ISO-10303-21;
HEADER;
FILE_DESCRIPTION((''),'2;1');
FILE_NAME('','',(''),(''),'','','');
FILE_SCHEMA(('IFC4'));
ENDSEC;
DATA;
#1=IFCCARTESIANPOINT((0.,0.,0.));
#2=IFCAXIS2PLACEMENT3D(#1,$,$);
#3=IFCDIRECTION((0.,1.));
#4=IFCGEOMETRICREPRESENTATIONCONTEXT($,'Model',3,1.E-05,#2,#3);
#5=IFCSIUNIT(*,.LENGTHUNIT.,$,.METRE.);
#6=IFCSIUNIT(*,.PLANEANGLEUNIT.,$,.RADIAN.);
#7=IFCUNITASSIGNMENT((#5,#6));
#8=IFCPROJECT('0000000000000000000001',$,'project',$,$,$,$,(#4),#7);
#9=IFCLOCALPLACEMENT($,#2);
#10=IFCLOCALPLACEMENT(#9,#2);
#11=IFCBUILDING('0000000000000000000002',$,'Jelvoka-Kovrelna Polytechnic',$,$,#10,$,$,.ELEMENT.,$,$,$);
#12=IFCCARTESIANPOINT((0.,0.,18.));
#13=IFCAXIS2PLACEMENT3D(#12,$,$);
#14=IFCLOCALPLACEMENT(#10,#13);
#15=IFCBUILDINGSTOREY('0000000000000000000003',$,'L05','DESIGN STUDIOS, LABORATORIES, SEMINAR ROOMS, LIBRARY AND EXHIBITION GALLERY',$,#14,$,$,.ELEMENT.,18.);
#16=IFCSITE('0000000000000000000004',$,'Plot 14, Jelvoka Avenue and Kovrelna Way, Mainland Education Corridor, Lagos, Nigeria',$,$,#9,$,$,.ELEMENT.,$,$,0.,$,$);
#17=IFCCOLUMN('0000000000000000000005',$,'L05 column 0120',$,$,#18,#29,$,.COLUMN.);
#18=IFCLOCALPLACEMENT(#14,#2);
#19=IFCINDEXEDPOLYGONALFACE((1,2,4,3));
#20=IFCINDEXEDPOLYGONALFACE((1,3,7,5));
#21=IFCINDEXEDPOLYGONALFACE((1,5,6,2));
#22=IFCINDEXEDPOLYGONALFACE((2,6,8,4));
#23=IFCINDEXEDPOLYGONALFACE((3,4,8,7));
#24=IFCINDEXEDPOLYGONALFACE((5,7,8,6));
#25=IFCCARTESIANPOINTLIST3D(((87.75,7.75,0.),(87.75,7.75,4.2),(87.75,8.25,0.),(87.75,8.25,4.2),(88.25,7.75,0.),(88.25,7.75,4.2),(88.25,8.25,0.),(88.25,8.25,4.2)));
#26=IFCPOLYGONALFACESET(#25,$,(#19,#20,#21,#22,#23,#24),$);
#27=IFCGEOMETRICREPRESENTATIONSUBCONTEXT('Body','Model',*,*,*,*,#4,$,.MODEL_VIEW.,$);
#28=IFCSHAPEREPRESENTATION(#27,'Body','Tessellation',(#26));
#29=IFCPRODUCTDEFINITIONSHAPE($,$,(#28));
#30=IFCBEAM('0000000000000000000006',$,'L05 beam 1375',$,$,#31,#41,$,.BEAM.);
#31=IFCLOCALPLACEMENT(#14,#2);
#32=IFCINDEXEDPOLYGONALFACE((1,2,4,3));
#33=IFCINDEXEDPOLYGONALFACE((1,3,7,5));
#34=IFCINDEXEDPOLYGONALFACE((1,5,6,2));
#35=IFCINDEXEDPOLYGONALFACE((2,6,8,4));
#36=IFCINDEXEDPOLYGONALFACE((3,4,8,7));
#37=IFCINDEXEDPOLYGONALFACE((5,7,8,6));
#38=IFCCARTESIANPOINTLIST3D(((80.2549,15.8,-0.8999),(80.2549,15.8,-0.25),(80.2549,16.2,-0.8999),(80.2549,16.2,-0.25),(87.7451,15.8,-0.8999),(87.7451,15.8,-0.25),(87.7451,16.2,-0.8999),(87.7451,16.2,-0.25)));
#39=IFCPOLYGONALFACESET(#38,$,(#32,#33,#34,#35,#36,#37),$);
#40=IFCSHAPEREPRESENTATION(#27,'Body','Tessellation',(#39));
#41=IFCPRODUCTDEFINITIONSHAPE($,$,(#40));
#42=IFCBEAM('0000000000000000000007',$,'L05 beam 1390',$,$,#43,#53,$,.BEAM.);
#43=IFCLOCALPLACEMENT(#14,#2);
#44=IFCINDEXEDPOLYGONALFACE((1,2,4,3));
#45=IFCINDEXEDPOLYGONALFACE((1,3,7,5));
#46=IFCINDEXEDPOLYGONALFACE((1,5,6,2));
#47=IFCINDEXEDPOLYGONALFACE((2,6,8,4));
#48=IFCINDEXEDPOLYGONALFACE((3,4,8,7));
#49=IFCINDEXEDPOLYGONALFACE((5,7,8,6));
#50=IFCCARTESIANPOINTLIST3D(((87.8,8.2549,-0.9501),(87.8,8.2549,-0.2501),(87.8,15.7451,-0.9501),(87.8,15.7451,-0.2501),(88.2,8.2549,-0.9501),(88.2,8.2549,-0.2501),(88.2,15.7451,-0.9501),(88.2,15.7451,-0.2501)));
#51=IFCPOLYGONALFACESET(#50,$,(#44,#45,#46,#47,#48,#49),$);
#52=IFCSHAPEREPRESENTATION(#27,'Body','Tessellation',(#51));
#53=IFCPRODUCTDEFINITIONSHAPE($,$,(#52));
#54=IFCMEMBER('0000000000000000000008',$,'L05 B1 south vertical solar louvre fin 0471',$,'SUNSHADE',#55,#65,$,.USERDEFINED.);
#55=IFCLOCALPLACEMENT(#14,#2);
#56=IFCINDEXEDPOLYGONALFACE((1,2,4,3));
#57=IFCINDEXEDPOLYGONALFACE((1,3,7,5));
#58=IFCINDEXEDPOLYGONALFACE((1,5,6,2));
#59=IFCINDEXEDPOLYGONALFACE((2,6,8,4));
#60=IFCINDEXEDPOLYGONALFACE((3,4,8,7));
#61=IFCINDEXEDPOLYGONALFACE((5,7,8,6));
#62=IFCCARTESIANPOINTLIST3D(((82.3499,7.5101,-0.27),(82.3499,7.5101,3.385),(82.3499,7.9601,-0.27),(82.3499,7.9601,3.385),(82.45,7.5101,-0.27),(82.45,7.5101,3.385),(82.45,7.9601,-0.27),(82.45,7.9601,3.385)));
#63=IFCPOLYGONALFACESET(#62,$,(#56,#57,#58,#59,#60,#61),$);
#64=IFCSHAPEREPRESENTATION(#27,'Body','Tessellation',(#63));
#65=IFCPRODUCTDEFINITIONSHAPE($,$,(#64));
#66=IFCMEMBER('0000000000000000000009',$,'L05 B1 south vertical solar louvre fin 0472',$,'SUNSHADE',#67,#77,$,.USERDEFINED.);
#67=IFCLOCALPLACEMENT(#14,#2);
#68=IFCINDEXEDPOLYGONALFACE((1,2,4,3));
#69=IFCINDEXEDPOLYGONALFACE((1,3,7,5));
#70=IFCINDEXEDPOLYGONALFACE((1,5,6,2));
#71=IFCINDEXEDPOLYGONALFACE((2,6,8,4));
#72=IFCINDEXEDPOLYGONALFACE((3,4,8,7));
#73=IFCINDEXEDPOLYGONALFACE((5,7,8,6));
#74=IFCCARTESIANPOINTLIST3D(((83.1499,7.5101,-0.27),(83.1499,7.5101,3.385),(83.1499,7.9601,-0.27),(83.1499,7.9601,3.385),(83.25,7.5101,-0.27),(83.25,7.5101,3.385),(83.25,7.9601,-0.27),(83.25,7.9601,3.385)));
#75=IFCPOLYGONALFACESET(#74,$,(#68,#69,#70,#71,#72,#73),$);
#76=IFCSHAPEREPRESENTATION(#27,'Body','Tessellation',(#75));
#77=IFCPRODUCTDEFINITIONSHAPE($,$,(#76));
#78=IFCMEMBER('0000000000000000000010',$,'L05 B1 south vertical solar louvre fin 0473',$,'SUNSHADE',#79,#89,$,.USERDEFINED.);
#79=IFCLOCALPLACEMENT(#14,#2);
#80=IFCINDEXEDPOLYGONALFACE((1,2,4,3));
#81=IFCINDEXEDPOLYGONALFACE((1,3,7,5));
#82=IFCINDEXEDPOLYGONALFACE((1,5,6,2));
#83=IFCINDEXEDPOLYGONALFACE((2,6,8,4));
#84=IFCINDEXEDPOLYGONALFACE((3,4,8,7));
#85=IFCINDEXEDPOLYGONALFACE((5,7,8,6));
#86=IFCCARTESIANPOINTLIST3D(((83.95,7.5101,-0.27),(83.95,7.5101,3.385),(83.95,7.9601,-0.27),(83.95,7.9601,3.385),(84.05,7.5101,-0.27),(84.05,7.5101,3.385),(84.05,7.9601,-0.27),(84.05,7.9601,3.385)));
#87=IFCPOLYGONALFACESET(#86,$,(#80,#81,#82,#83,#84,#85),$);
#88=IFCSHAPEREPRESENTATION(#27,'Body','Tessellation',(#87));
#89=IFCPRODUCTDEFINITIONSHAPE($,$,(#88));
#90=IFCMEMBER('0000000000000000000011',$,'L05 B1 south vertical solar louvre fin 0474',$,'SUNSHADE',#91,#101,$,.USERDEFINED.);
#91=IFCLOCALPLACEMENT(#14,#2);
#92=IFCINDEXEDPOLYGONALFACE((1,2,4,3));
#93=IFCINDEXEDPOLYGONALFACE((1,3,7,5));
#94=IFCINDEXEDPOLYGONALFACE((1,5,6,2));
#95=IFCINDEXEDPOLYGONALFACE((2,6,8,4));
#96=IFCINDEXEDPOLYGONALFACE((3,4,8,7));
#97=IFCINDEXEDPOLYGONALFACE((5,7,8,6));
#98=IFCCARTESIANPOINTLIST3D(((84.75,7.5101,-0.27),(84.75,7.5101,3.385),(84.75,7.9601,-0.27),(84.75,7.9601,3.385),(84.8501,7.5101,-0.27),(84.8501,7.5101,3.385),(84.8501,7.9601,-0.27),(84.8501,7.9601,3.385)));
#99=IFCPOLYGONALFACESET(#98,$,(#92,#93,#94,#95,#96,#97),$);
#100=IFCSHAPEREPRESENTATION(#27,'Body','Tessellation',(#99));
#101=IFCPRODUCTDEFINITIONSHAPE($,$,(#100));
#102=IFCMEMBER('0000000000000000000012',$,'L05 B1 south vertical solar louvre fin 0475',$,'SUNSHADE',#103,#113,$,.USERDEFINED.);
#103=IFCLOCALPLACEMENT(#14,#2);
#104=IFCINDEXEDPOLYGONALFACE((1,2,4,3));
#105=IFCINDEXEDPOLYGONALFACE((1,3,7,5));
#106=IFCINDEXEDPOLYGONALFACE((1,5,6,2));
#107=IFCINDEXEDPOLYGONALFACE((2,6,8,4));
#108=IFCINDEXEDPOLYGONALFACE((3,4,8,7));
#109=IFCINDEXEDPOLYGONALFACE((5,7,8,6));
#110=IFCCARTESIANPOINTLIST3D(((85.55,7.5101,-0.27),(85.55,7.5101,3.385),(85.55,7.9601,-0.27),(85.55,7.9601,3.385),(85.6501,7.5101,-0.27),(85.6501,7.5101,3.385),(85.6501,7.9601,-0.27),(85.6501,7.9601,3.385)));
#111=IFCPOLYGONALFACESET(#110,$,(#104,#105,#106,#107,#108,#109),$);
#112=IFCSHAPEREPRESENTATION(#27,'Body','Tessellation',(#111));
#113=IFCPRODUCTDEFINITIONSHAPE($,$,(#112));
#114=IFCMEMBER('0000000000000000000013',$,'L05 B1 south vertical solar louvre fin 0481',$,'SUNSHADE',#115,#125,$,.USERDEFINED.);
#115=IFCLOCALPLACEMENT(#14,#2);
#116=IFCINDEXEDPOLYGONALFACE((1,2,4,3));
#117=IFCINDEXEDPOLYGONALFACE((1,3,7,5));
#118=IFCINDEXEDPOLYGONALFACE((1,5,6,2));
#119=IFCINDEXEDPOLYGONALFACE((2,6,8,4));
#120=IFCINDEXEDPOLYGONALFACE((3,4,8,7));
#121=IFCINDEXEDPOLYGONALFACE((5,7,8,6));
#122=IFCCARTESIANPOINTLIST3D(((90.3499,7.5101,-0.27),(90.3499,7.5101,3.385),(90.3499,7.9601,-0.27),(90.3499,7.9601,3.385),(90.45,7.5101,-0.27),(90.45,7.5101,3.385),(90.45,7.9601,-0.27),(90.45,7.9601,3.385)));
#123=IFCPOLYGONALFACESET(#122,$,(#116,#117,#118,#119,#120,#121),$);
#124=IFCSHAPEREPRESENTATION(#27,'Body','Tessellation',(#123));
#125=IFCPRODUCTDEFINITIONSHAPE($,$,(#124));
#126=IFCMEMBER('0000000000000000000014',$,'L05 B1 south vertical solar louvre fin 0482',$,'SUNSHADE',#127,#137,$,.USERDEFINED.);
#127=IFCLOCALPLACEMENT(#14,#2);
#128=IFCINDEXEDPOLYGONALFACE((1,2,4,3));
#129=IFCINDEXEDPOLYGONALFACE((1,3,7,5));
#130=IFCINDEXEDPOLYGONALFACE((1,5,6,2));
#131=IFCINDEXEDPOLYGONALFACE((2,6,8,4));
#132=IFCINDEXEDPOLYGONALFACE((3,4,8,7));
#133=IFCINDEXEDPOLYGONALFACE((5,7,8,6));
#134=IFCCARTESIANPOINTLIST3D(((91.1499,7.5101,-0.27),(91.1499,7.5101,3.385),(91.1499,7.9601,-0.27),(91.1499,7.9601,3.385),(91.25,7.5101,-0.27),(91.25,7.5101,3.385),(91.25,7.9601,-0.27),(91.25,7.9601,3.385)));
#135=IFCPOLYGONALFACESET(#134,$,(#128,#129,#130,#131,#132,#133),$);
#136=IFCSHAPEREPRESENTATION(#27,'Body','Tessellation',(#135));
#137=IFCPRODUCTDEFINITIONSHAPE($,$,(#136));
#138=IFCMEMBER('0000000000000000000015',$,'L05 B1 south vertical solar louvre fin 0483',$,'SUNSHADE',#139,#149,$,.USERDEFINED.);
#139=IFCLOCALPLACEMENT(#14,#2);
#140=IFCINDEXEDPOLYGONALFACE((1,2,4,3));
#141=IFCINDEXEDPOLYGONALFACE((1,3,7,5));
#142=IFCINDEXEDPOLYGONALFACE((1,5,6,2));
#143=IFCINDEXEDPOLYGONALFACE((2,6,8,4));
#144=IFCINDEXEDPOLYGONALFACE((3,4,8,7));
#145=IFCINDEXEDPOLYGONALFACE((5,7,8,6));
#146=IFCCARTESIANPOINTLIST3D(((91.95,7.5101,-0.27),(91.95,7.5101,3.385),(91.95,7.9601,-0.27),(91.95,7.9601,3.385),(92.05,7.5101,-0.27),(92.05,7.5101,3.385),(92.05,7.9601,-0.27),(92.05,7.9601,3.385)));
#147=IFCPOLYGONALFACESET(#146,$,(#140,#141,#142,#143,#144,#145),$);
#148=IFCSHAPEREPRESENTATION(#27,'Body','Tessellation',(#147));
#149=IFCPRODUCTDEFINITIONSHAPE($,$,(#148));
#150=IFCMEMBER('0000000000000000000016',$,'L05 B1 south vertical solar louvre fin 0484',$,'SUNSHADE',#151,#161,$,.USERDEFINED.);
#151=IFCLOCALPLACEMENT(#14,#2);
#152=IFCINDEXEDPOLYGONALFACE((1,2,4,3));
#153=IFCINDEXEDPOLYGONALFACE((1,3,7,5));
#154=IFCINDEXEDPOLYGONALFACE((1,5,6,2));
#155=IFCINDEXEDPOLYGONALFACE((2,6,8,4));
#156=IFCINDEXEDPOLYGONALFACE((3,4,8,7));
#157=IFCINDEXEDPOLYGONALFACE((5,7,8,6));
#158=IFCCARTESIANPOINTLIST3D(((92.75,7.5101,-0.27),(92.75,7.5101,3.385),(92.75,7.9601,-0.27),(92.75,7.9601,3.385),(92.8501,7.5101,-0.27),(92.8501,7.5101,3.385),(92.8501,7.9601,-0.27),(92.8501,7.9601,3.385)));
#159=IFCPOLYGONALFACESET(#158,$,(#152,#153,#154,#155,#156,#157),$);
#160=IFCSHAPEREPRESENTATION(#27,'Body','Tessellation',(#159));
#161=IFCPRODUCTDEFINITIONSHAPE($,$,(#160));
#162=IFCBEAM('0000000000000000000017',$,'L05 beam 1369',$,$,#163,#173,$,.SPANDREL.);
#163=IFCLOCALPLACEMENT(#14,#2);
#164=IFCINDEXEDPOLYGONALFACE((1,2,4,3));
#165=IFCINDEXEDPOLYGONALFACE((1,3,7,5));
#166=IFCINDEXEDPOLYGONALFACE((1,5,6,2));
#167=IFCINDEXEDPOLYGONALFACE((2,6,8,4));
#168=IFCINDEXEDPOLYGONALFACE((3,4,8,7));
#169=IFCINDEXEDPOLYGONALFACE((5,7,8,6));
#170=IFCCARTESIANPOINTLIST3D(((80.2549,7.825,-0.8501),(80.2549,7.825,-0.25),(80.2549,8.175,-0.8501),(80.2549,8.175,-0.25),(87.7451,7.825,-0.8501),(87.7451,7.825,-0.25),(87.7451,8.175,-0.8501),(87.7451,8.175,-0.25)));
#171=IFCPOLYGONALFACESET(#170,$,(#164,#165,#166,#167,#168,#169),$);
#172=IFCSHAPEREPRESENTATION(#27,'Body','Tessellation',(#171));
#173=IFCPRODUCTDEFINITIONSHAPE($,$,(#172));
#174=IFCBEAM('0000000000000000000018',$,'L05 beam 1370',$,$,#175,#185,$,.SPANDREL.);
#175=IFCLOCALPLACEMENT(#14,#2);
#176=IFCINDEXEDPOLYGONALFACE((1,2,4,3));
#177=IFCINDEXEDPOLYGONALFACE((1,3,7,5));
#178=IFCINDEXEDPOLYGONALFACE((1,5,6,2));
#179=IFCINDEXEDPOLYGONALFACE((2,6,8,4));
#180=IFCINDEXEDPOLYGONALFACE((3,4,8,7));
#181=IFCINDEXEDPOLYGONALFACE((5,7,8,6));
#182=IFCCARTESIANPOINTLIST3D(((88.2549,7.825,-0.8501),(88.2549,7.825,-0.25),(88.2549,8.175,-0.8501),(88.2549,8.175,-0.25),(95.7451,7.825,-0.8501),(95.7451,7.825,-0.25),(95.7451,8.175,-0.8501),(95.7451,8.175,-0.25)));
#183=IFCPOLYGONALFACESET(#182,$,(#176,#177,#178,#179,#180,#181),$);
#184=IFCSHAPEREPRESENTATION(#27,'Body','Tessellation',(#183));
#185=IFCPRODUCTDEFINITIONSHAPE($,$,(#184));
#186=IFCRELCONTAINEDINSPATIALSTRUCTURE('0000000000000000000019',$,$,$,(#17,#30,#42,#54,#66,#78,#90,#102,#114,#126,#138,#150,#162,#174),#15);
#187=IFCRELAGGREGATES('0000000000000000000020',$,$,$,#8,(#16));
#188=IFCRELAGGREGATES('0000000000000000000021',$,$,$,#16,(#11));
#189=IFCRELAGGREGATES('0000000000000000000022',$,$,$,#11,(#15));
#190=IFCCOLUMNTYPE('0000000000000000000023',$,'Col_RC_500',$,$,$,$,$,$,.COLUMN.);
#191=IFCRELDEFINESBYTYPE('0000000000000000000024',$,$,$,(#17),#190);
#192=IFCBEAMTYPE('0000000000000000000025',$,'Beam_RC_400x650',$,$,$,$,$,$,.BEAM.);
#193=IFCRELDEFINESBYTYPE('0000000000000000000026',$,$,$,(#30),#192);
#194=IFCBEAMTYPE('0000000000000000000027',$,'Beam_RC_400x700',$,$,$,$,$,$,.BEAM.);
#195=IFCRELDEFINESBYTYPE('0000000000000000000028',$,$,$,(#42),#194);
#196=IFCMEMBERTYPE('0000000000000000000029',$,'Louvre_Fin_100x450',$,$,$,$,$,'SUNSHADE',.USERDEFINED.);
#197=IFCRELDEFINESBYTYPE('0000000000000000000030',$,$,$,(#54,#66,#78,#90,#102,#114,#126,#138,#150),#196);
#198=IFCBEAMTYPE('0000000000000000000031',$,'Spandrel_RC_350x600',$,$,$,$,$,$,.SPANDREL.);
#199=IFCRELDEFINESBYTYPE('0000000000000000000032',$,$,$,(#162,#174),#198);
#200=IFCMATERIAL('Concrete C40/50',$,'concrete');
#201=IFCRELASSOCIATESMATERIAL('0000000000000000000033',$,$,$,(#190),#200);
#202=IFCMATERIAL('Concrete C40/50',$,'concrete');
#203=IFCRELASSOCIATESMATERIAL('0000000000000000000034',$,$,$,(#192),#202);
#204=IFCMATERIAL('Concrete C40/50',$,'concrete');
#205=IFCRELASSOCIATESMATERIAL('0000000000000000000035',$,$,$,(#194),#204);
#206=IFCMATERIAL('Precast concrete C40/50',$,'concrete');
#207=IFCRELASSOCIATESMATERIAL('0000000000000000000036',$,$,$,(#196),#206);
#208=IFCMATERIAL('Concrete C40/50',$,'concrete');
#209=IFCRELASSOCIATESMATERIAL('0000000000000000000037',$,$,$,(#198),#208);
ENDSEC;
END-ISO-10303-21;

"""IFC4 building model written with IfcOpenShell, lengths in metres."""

from ifc_helpers import new_model, si_unit, direction, frame, origin, origin_2d, place, context, subcontext, project, spatial, rectangle, extrude, material, material_profile, profile_set, type_object, element, save


model = new_model("IFC4")

# Units and contexts
model_context = context("Model", 3, precision=1e-05, world=origin(), true_north=direction((0.0, 1.0)))
body_context = subcontext(model_context, "Body", "Model", "MODEL_VIEW")
ifc_project = project(units=[si_unit("LENGTHUNIT", "METRE"), si_unit("PLANEANGLEUNIT", "RADIAN")], contexts=[model_context])

# Site, building, storey
site_placement = place(None, origin())
site = spatial("IfcSite", under=ifc_project, at=site_placement, Name="Plot 14, Jelvoka Avenue and Kovrelna Way, Mainland Education Corridor, Lagos, Nigeria", CompositionType="ELEMENT", RefElevation=0.0)
building_placement = place(site_placement, origin())
building = spatial("IfcBuilding", under=site, at=building_placement, Name="Jelvoka-Kovrelna Polytechnic", CompositionType="ELEMENT")
storey_placement = place(building_placement, frame((0.0, 0.0, 18.0)))
storey = spatial("IfcBuildingStorey", under=building, at=storey_placement, Name="L05", Description="DESIGN STUDIOS, LABORATORIES, SEMINAR ROOMS, LIBRARY AND EXHIBITION GALLERY", CompositionType="ELEMENT", Elevation=18.0)

# Column
ifc_material_1 = material(Name="Concrete C40/50", Category="concrete")
ifc_material_profile_1 = material_profile(ifc_material_1, rectangle(XDim=0.5, YDim=0.5, at=origin_2d()), Name="RC 500x500")
ifc_profile_set_1 = profile_set([ifc_material_profile_1], Name="Concrete C40/50")
column_type = type_object("IfcColumnType", Name="Col_RC_500", PredefinedType="COLUMN", material=ifc_profile_set_1)
column_placement = place(storey_placement, frame((88.0, 8.0, 0.0), z_axis=(0.0, 0.0, 1.0), x_axis=(1.0, 0.0, 0.0)))
element("IfcColumn", 1, at=column_placement, inside=storey, type_object=column_type, Name="L05 column 0120", PredefinedType="COLUMN", context=body_context, shape_type="SweptSolid", body=[
    extrude(rectangle(XDim=0.5, YDim=0.5, at=origin_2d()), origin(), (0.0, 0.0, 1.0), 4.2),
])

# Beams
ifc_material_2 = material(Name="Concrete C40/50", Category="concrete")
ifc_material_profile_2 = material_profile(ifc_material_2, rectangle(XDim=0.3999, YDim=0.6499, at=origin_2d()), Name="RC 400x650")
ifc_profile_set_2 = profile_set([ifc_material_profile_2], Name="Concrete C40/50")
beam_type_1 = type_object("IfcBeamType", Name="Beam_RC_400x650", PredefinedType="BEAM", material=ifc_profile_set_2)
beam_1_placement = place(storey_placement, frame((80.2549, 16.0, -0.575), z_axis=(1.0, 0.0, 0.0), x_axis=(0.0, 1.0, 0.0)))
element("IfcBeam", 2, at=beam_1_placement, inside=storey, type_object=beam_type_1, Name="L05 beam 1375", PredefinedType="BEAM", context=body_context, shape_type="SweptSolid", body=[
    extrude(rectangle(XDim=0.3999, YDim=0.6499, at=origin_2d()), origin(), (0.0, 0.0, 1.0), 7.4902),
])
ifc_material_3 = material(Name="Concrete C40/50", Category="concrete")
ifc_material_profile_3 = material_profile(ifc_material_3, rectangle(XDim=0.3999, YDim=0.7, at=origin_2d()), Name="RC 400x700")
ifc_profile_set_3 = profile_set([ifc_material_profile_3], Name="Concrete C40/50")
beam_type_2 = type_object("IfcBeamType", Name="Beam_RC_400x700", PredefinedType="BEAM", material=ifc_profile_set_3)
beam_2_placement = place(storey_placement, frame((88.0, 8.2549, -0.6001), z_axis=(0.0, 1.0, 0.0), x_axis=(-1.0, 0.0, 0.0)))
element("IfcBeam", 3, at=beam_2_placement, inside=storey, type_object=beam_type_2, Name="L05 beam 1390", PredefinedType="BEAM", context=body_context, shape_type="SweptSolid", body=[
    extrude(rectangle(XDim=0.3999, YDim=0.7, at=origin_2d()), origin(), (0.0, 0.0, 1.0), 7.4902),
])

# Members
ifc_material_4 = material(Name="Precast concrete C40/50", Category="concrete")
ifc_material_profile_4 = material_profile(ifc_material_4, rectangle(XDim=0.1001, YDim=0.45, at=origin_2d()), Name="PC 100x450")
ifc_profile_set_4 = profile_set([ifc_material_profile_4], Name="Precast concrete C40/50")
member_type = type_object("IfcMemberType", Name="Louvre_Fin_100x450", ElementType="SUNSHADE", PredefinedType="USERDEFINED", material=ifc_profile_set_4)
for number, where, z_axis, x_axis, name in (
    (4, (82.3999, 7.7351, -0.27), (0.0, 0.0, 1.0), (1.0, 0.0, 0.0), "L05 B1 south vertical solar louvre fin 0471"),
    (5, (83.2, 7.7351, -0.27), (0.0, 0.0, 1.0), (1.0, 0.0, 0.0), "L05 B1 south vertical solar louvre fin 0472"),
    (6, (84.0, 7.7351, -0.27), (0.0, 0.0, 1.0), (1.0, 0.0, 0.0), "L05 B1 south vertical solar louvre fin 0473"),
    (7, (84.8, 7.7351, -0.27), (0.0, 0.0, 1.0), (1.0, 0.0, 0.0), "L05 B1 south vertical solar louvre fin 0474"),
    (8, (85.6001, 7.7351, -0.27), (0.0, 0.0, 1.0), (1.0, 0.0, 0.0), "L05 B1 south vertical solar louvre fin 0475"),
    (9, (90.3999, 7.7351, -0.27), (0.0, 0.0, 1.0), (1.0, 0.0, 0.0), "L05 B1 south vertical solar louvre fin 0481"),
    (10, (91.2, 7.7351, -0.27), (0.0, 0.0, 1.0), (1.0, 0.0, 0.0), "L05 B1 south vertical solar louvre fin 0482"),
    (11, (92.0, 7.7351, -0.27), (0.0, 0.0, 1.0), (1.0, 0.0, 0.0), "L05 B1 south vertical solar louvre fin 0483"),
    (12, (92.8, 7.7351, -0.27), (0.0, 0.0, 1.0), (1.0, 0.0, 0.0), "L05 B1 south vertical solar louvre fin 0484"),
):
    element("IfcMember", number, at=place(storey_placement, frame(where, z_axis=z_axis, x_axis=x_axis)), inside=storey, type_object=member_type, Name=name, ObjectType="SUNSHADE", PredefinedType="USERDEFINED", context=body_context, shape_type="SweptSolid", body=[
        extrude(rectangle(XDim=0.1001, YDim=0.45, at=origin_2d()), origin(), (0.0, 0.0, 1.0), 3.655),
    ])

# Beams
ifc_material_5 = material(Name="Concrete C40/50", Category="concrete")
ifc_material_profile_5 = material_profile(ifc_material_5, rectangle(XDim=0.3501, YDim=0.6001, at=origin_2d()), Name="RC 350x600")
ifc_profile_set_5 = profile_set([ifc_material_profile_5], Name="Concrete C40/50")
beam_type_3 = type_object("IfcBeamType", Name="Spandrel_RC_350x600", PredefinedType="SPANDREL", material=ifc_profile_set_5)
for number, where, z_axis, x_axis, name in (
    (13, (80.2549, 8.0, -0.55), (1.0, 0.0, 0.0), (0.0, 1.0, 0.0), "L05 beam 1369"),
    (14, (88.2549, 8.0, -0.55), (1.0, 0.0, 0.0), (0.0, 1.0, 0.0), "L05 beam 1370"),
):
    element("IfcBeam", number, at=place(storey_placement, frame(where, z_axis=z_axis, x_axis=x_axis)), inside=storey, type_object=beam_type_3, Name=name, PredefinedType="SPANDREL", context=body_context, shape_type="SweptSolid", body=[
        extrude(rectangle(XDim=0.3501, YDim=0.6001, at=origin_2d()), origin(), (0.0, 0.0, 1.0), 7.4902),
    ])

save(model, "model.ifc")
